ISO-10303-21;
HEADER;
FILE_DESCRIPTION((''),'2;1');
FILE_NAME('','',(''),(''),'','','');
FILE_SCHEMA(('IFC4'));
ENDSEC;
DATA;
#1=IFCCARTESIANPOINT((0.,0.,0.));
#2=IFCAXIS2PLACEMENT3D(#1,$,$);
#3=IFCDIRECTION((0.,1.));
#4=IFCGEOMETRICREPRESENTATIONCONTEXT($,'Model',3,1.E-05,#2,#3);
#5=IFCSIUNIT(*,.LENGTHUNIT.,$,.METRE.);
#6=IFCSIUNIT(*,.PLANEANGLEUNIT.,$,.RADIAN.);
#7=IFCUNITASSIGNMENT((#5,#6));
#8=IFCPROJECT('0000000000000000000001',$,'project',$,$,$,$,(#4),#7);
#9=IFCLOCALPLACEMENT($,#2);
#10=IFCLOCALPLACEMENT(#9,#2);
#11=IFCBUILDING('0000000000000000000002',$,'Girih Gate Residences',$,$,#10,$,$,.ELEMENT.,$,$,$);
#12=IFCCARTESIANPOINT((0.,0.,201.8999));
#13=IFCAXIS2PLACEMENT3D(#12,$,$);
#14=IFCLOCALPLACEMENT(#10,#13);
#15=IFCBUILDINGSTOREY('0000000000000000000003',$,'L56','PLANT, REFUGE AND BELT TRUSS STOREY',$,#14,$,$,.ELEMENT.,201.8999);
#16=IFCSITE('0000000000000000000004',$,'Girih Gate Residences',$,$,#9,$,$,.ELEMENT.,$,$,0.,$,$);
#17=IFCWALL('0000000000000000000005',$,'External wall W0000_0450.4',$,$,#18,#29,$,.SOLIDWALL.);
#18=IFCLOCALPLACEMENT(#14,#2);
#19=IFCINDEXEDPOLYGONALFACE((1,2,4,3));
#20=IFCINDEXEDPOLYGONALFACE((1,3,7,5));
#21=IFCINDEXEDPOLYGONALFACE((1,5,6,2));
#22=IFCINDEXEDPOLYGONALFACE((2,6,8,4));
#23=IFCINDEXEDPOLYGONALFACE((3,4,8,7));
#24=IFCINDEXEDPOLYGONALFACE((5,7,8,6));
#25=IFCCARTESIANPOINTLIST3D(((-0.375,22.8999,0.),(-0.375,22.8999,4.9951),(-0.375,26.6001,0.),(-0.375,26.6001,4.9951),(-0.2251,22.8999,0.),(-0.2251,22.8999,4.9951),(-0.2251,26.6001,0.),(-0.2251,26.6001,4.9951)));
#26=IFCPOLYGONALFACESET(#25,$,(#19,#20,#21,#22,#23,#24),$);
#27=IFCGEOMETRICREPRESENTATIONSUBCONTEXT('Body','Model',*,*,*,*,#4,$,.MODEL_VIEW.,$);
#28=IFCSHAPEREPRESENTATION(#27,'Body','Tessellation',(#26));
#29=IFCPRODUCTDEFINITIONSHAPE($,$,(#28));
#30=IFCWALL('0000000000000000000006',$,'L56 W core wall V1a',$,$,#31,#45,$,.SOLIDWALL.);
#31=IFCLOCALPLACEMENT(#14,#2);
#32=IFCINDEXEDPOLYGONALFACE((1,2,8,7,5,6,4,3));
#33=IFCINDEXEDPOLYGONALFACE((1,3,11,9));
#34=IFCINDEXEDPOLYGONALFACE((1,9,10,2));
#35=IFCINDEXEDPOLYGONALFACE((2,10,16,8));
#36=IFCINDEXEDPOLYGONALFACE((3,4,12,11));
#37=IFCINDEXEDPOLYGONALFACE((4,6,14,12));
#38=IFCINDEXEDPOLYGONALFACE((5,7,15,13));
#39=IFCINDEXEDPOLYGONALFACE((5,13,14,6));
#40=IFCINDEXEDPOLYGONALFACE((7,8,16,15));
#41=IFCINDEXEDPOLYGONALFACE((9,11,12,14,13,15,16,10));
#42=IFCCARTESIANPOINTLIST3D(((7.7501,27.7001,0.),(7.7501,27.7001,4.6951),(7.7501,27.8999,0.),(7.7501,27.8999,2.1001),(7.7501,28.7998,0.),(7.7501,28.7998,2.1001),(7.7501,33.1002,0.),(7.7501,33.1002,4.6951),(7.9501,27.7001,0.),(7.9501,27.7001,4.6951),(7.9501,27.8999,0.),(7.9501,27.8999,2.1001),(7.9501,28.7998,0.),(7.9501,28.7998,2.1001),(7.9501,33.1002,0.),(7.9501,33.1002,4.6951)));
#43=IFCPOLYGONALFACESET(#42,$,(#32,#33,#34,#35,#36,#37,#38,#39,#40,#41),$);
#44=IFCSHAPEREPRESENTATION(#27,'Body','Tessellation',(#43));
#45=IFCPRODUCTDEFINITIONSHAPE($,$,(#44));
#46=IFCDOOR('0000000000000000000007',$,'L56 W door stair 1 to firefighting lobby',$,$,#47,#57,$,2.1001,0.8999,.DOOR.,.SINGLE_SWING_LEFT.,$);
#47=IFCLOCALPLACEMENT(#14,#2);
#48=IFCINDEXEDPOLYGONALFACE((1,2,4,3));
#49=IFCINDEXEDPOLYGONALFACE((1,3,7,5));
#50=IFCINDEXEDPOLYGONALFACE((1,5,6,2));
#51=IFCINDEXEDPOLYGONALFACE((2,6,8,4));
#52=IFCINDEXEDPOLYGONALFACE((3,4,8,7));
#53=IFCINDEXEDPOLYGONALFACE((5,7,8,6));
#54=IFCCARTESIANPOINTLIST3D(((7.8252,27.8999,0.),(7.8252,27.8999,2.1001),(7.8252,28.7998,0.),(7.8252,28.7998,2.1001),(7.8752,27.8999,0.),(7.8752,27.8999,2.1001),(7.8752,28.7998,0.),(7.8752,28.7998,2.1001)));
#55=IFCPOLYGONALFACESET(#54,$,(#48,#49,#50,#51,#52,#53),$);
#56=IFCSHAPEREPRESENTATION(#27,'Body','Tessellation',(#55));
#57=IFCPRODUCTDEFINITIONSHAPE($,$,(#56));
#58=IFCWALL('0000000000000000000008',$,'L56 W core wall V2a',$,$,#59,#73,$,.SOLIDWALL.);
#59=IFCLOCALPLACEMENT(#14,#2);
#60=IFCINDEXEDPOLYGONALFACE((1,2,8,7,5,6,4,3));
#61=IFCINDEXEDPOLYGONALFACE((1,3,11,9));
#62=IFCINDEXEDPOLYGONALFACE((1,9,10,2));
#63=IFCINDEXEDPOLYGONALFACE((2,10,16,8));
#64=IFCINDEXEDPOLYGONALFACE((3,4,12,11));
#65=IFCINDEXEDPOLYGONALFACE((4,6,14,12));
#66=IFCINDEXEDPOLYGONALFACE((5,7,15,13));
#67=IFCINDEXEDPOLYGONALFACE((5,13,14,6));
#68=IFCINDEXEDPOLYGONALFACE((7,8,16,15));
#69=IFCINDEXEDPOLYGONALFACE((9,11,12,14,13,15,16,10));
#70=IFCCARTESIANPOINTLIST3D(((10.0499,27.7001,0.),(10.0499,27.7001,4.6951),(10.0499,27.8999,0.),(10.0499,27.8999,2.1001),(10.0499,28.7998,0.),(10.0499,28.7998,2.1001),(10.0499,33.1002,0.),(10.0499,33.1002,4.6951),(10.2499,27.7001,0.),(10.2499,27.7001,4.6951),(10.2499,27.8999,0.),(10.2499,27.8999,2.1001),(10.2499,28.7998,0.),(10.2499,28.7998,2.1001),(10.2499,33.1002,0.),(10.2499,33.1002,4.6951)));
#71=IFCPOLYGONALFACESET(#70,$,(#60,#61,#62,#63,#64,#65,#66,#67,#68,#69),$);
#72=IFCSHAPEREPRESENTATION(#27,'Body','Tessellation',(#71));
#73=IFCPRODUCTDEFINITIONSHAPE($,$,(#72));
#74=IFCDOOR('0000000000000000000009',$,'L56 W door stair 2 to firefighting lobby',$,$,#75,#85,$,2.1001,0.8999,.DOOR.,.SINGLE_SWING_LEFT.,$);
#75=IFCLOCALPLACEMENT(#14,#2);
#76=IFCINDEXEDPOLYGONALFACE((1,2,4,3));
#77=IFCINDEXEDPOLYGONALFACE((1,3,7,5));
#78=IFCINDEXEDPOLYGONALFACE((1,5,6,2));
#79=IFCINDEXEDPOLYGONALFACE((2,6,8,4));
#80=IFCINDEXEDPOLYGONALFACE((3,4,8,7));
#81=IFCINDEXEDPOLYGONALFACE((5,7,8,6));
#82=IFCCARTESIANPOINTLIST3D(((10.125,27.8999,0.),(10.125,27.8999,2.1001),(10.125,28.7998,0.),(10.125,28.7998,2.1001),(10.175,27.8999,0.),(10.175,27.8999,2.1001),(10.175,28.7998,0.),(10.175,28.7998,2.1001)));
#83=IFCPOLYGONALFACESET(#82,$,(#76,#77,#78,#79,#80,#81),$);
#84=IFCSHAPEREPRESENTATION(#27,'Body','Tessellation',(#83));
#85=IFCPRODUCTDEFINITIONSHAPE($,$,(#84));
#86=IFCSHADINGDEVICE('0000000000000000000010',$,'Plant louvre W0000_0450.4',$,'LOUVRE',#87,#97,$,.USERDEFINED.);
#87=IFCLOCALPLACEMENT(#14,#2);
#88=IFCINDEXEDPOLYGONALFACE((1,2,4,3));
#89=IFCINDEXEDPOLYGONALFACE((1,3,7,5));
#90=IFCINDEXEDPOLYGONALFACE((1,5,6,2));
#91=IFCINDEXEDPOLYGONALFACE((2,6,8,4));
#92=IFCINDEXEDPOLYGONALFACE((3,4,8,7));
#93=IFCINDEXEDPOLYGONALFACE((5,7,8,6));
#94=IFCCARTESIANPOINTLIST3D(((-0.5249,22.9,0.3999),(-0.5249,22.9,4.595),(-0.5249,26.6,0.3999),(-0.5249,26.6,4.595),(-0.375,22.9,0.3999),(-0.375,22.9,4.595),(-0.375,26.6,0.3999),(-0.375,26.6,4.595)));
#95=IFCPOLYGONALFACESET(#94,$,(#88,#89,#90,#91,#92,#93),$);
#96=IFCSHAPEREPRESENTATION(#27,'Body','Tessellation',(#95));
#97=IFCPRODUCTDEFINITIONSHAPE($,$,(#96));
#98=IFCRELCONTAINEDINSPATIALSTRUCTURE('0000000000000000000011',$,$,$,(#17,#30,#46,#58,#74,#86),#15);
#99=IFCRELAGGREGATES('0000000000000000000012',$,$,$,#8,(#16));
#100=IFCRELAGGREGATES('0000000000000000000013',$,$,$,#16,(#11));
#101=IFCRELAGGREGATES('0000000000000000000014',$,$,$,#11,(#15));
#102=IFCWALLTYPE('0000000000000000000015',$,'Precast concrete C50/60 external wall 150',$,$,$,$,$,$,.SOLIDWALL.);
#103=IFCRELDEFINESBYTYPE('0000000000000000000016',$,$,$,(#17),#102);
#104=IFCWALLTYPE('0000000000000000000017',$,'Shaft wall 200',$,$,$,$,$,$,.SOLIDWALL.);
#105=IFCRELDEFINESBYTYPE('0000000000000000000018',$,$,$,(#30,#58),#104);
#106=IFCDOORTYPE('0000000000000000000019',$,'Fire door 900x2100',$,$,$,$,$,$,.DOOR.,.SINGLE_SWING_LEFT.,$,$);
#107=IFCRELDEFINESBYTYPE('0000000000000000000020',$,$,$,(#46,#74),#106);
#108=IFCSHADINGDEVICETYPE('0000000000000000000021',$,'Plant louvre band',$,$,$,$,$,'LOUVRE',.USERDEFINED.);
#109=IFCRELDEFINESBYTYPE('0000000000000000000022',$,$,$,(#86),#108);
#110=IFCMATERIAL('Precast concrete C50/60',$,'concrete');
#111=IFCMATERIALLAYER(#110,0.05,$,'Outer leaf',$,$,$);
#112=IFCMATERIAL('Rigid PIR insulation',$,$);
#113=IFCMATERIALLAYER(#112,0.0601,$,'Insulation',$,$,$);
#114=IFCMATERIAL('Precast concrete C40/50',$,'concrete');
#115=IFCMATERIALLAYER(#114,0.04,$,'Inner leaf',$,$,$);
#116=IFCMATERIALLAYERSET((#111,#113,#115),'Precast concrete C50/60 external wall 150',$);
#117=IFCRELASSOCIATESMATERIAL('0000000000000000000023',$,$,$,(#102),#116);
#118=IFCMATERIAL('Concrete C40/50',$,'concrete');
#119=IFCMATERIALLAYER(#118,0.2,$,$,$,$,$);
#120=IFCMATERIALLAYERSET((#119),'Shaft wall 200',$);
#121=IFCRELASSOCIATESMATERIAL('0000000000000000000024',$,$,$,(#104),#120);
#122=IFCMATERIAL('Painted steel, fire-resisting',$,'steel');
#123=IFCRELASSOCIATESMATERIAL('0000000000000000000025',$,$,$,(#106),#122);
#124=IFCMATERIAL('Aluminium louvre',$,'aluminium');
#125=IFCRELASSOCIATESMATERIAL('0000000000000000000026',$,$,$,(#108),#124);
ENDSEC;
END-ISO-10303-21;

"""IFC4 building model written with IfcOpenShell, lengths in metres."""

from ifc_helpers import new_model, si_unit, direction, frame, frame_2d, origin, origin_2d, place, context, subcontext, project, spatial, rectangle, extrude, material, layer, layer_set, type_object, element, fill, save


model = new_model("IFC4")

# Units and contexts
model_context = context("Model", 3, precision=1e-05, world=origin(), true_north=direction((0.0, 1.0)))
body_context = subcontext(model_context, "Body", "Model", "MODEL_VIEW")
ifc_project = project(units=[si_unit("LENGTHUNIT", "METRE"), si_unit("PLANEANGLEUNIT", "RADIAN")], contexts=[model_context])

# Site, building, storey
site_placement = place(None, origin())
site = spatial("IfcSite", under=ifc_project, at=site_placement, Name="Girih Gate Residences", CompositionType="ELEMENT", RefElevation=0.0)
building_placement = place(site_placement, origin())
building = spatial("IfcBuilding", under=site, at=building_placement, Name="Girih Gate Residences", CompositionType="ELEMENT")
storey_placement = place(building_placement, frame((0.0, 0.0, 201.8999)))
storey = spatial("IfcBuildingStorey", under=building, at=storey_placement, Name="L56", Description="PLANT, REFUGE AND BELT TRUSS STOREY", CompositionType="ELEMENT", Elevation=201.8999)

# Shared definitions
ifc_material_1 = material(Name="Painted steel, fire-resisting", Category="steel")

# Wall
ifc_material_2 = material(Name="Precast concrete C50/60", Category="concrete")
ifc_layer_1 = layer(ifc_material_2, 0.05, Name="Outer leaf")
ifc_material_3 = material(Name="Rigid PIR insulation")
ifc_layer_2 = layer(ifc_material_3, 0.0601, Name="Insulation")
ifc_material_4 = material(Name="Precast concrete C40/50", Category="concrete")
ifc_layer_3 = layer(ifc_material_4, 0.04, Name="Inner leaf")
ifc_layer_set_1 = layer_set([ifc_layer_1, ifc_layer_2, ifc_layer_3], Name="Precast concrete C50/60 external wall 150")
wall_type_1 = type_object("IfcWallType", Name="Precast concrete C50/60 external wall 150", PredefinedType="SOLIDWALL", material=ifc_layer_set_1)
for number, where, z_axis, x_axis, name in (
    (1, (-0.3, 22.8999, 0.0), (0.0, 0.0, 1.0), (0.0, 1.0, 0.0), "External wall W0000_0450.4"),
):
    element("IfcWall", number, at=place(storey_placement, frame(where, z_axis=z_axis, x_axis=x_axis)), inside=storey, type_object=wall_type_1, Name=name, PredefinedType="SOLIDWALL", context=body_context, shape_type="SweptSolid", body=[
        extrude(rectangle(XDim=3.7002, YDim=0.1499, at=frame_2d((1.8501, 0.0))), origin(), (0.0, 0.0, 1.0), 4.9951),
    ])

# Walls, openings, doors
ifc_material_5 = material(Name="Concrete C40/50", Category="concrete")
ifc_layer_4 = layer(ifc_material_5, 0.2)
ifc_layer_set_2 = layer_set([ifc_layer_4], Name="Shaft wall 200")
wall_type_2 = type_object("IfcWallType", Name="Shaft wall 200", PredefinedType="SOLIDWALL", material=ifc_layer_set_2)
wall_1_placement = place(storey_placement, frame((7.8501, 27.7, 0.0), z_axis=(0.0, 0.0, 1.0), x_axis=(0.0, 1.0, 0.0)))
wall_1 = element("IfcWall", 2, at=wall_1_placement, inside=storey, type_object=wall_type_2, Name="L56 W core wall V1a", PredefinedType="SOLIDWALL", context=body_context, shape_type="SweptSolid", body=[
    extrude(rectangle(XDim=5.4001, YDim=0.2, at=frame_2d((2.7002, 0.0))), origin(), (0.0, 0.0, 1.0), 4.6951),
])
opening_1_placement = place(wall_1_placement, frame((0.2, 0.0, 0.0)))
opening_1 = element("IfcOpeningElement", 3, at=opening_1_placement, cuts=wall_1, PredefinedType="OPENING", context=body_context, shape_type="SweptSolid", body=[
    extrude(rectangle(XDim=0.8999, YDim=2.1001, at=frame_2d((0.45, 1.05))), frame((0.0, 0.1099, 0.0), z_axis=(0.0, -1.0, 0.0), x_axis=(1.0, 0.0, 0.0)), (0.0, 0.0, 1.0), 0.22),
])
door_type_1 = type_object("IfcDoorType", Name="Fire door 900x2100", OperationType="SINGLE_SWING_LEFT", PredefinedType="DOOR", material=ifc_material_1)
door_1_placement = place(opening_1_placement, origin())
door_1 = element("IfcDoor", 4, at=door_1_placement, inside=storey, type_object=door_type_1, Name="L56 W door stair 1 to firefighting lobby", OperationType="SINGLE_SWING_LEFT", OverallHeight=2.1001, OverallWidth=0.8999, PredefinedType="DOOR", context=body_context, shape_type="SweptSolid", body=[
    extrude(rectangle(XDim=0.8999, YDim=2.1001, at=frame_2d((0.45, 1.05))), frame((0.0, 0.0249, 0.0), z_axis=(0.0, -1.0, 0.0), x_axis=(1.0, 0.0, 0.0)), (0.0, 0.0, 1.0), 0.05),
])
fill(opening_1, door_1)
wall_2_placement = place(storey_placement, frame((10.1499, 27.7, 0.0), z_axis=(0.0, 0.0, 1.0), x_axis=(0.0, 1.0, 0.0)))
wall_2 = element("IfcWall", 5, at=wall_2_placement, inside=storey, type_object=wall_type_2, Name="L56 W core wall V2a", PredefinedType="SOLIDWALL", context=body_context, shape_type="SweptSolid", body=[
    extrude(rectangle(XDim=5.4001, YDim=0.2, at=frame_2d((2.7002, 0.0))), origin(), (0.0, 0.0, 1.0), 4.6951),
])
opening_2_placement = place(wall_2_placement, frame((0.2, 0.0, 0.0)))
opening_2 = element("IfcOpeningElement", 6, at=opening_2_placement, cuts=wall_2, PredefinedType="OPENING", context=body_context, shape_type="SweptSolid", body=[
    extrude(rectangle(XDim=0.8999, YDim=2.1001, at=frame_2d((0.45, 1.05))), frame((0.0, 0.1099, 0.0), z_axis=(0.0, -1.0, 0.0), x_axis=(1.0, 0.0, 0.0)), (0.0, 0.0, 1.0), 0.22),
])
door_2_placement = place(opening_2_placement, origin())
door_2 = element("IfcDoor", 7, at=door_2_placement, inside=storey, type_object=door_type_1, Name="L56 W door stair 2 to firefighting lobby", OperationType="SINGLE_SWING_LEFT", OverallHeight=2.1001, OverallWidth=0.8999, PredefinedType="DOOR", context=body_context, shape_type="SweptSolid", body=[
    extrude(rectangle(XDim=0.8999, YDim=2.1001, at=frame_2d((0.45, 1.05))), frame((0.0, 0.0249, 0.0), z_axis=(0.0, -1.0, 0.0), x_axis=(1.0, 0.0, 0.0)), (0.0, 0.0, 1.0), 0.05),
])
fill(opening_2, door_2)

# Shading device
ifc_material_6 = material(Name="Aluminium louvre", Category="aluminium")
shading_device_type = type_object("IfcShadingDeviceType", Name="Plant louvre band", ElementType="LOUVRE", PredefinedType="USERDEFINED", material=ifc_material_6)
shading_device_placement = place(storey_placement, frame((-0.45, 24.75, 0.3999), z_axis=(0.0, 0.0, 1.0), x_axis=(0.0, -1.0, 0.0)))
element("IfcShadingDevice", 8, at=shading_device_placement, inside=storey, type_object=shading_device_type, Name="Plant louvre W0000_0450.4", ObjectType="LOUVRE", PredefinedType="USERDEFINED", context=body_context, shape_type="SweptSolid", body=[
    extrude(rectangle(XDim=3.7, YDim=0.1499, at=origin_2d()), origin(), (0.0, 0.0, 1.0), 4.1951),
])

save(model, "model.ifc")
